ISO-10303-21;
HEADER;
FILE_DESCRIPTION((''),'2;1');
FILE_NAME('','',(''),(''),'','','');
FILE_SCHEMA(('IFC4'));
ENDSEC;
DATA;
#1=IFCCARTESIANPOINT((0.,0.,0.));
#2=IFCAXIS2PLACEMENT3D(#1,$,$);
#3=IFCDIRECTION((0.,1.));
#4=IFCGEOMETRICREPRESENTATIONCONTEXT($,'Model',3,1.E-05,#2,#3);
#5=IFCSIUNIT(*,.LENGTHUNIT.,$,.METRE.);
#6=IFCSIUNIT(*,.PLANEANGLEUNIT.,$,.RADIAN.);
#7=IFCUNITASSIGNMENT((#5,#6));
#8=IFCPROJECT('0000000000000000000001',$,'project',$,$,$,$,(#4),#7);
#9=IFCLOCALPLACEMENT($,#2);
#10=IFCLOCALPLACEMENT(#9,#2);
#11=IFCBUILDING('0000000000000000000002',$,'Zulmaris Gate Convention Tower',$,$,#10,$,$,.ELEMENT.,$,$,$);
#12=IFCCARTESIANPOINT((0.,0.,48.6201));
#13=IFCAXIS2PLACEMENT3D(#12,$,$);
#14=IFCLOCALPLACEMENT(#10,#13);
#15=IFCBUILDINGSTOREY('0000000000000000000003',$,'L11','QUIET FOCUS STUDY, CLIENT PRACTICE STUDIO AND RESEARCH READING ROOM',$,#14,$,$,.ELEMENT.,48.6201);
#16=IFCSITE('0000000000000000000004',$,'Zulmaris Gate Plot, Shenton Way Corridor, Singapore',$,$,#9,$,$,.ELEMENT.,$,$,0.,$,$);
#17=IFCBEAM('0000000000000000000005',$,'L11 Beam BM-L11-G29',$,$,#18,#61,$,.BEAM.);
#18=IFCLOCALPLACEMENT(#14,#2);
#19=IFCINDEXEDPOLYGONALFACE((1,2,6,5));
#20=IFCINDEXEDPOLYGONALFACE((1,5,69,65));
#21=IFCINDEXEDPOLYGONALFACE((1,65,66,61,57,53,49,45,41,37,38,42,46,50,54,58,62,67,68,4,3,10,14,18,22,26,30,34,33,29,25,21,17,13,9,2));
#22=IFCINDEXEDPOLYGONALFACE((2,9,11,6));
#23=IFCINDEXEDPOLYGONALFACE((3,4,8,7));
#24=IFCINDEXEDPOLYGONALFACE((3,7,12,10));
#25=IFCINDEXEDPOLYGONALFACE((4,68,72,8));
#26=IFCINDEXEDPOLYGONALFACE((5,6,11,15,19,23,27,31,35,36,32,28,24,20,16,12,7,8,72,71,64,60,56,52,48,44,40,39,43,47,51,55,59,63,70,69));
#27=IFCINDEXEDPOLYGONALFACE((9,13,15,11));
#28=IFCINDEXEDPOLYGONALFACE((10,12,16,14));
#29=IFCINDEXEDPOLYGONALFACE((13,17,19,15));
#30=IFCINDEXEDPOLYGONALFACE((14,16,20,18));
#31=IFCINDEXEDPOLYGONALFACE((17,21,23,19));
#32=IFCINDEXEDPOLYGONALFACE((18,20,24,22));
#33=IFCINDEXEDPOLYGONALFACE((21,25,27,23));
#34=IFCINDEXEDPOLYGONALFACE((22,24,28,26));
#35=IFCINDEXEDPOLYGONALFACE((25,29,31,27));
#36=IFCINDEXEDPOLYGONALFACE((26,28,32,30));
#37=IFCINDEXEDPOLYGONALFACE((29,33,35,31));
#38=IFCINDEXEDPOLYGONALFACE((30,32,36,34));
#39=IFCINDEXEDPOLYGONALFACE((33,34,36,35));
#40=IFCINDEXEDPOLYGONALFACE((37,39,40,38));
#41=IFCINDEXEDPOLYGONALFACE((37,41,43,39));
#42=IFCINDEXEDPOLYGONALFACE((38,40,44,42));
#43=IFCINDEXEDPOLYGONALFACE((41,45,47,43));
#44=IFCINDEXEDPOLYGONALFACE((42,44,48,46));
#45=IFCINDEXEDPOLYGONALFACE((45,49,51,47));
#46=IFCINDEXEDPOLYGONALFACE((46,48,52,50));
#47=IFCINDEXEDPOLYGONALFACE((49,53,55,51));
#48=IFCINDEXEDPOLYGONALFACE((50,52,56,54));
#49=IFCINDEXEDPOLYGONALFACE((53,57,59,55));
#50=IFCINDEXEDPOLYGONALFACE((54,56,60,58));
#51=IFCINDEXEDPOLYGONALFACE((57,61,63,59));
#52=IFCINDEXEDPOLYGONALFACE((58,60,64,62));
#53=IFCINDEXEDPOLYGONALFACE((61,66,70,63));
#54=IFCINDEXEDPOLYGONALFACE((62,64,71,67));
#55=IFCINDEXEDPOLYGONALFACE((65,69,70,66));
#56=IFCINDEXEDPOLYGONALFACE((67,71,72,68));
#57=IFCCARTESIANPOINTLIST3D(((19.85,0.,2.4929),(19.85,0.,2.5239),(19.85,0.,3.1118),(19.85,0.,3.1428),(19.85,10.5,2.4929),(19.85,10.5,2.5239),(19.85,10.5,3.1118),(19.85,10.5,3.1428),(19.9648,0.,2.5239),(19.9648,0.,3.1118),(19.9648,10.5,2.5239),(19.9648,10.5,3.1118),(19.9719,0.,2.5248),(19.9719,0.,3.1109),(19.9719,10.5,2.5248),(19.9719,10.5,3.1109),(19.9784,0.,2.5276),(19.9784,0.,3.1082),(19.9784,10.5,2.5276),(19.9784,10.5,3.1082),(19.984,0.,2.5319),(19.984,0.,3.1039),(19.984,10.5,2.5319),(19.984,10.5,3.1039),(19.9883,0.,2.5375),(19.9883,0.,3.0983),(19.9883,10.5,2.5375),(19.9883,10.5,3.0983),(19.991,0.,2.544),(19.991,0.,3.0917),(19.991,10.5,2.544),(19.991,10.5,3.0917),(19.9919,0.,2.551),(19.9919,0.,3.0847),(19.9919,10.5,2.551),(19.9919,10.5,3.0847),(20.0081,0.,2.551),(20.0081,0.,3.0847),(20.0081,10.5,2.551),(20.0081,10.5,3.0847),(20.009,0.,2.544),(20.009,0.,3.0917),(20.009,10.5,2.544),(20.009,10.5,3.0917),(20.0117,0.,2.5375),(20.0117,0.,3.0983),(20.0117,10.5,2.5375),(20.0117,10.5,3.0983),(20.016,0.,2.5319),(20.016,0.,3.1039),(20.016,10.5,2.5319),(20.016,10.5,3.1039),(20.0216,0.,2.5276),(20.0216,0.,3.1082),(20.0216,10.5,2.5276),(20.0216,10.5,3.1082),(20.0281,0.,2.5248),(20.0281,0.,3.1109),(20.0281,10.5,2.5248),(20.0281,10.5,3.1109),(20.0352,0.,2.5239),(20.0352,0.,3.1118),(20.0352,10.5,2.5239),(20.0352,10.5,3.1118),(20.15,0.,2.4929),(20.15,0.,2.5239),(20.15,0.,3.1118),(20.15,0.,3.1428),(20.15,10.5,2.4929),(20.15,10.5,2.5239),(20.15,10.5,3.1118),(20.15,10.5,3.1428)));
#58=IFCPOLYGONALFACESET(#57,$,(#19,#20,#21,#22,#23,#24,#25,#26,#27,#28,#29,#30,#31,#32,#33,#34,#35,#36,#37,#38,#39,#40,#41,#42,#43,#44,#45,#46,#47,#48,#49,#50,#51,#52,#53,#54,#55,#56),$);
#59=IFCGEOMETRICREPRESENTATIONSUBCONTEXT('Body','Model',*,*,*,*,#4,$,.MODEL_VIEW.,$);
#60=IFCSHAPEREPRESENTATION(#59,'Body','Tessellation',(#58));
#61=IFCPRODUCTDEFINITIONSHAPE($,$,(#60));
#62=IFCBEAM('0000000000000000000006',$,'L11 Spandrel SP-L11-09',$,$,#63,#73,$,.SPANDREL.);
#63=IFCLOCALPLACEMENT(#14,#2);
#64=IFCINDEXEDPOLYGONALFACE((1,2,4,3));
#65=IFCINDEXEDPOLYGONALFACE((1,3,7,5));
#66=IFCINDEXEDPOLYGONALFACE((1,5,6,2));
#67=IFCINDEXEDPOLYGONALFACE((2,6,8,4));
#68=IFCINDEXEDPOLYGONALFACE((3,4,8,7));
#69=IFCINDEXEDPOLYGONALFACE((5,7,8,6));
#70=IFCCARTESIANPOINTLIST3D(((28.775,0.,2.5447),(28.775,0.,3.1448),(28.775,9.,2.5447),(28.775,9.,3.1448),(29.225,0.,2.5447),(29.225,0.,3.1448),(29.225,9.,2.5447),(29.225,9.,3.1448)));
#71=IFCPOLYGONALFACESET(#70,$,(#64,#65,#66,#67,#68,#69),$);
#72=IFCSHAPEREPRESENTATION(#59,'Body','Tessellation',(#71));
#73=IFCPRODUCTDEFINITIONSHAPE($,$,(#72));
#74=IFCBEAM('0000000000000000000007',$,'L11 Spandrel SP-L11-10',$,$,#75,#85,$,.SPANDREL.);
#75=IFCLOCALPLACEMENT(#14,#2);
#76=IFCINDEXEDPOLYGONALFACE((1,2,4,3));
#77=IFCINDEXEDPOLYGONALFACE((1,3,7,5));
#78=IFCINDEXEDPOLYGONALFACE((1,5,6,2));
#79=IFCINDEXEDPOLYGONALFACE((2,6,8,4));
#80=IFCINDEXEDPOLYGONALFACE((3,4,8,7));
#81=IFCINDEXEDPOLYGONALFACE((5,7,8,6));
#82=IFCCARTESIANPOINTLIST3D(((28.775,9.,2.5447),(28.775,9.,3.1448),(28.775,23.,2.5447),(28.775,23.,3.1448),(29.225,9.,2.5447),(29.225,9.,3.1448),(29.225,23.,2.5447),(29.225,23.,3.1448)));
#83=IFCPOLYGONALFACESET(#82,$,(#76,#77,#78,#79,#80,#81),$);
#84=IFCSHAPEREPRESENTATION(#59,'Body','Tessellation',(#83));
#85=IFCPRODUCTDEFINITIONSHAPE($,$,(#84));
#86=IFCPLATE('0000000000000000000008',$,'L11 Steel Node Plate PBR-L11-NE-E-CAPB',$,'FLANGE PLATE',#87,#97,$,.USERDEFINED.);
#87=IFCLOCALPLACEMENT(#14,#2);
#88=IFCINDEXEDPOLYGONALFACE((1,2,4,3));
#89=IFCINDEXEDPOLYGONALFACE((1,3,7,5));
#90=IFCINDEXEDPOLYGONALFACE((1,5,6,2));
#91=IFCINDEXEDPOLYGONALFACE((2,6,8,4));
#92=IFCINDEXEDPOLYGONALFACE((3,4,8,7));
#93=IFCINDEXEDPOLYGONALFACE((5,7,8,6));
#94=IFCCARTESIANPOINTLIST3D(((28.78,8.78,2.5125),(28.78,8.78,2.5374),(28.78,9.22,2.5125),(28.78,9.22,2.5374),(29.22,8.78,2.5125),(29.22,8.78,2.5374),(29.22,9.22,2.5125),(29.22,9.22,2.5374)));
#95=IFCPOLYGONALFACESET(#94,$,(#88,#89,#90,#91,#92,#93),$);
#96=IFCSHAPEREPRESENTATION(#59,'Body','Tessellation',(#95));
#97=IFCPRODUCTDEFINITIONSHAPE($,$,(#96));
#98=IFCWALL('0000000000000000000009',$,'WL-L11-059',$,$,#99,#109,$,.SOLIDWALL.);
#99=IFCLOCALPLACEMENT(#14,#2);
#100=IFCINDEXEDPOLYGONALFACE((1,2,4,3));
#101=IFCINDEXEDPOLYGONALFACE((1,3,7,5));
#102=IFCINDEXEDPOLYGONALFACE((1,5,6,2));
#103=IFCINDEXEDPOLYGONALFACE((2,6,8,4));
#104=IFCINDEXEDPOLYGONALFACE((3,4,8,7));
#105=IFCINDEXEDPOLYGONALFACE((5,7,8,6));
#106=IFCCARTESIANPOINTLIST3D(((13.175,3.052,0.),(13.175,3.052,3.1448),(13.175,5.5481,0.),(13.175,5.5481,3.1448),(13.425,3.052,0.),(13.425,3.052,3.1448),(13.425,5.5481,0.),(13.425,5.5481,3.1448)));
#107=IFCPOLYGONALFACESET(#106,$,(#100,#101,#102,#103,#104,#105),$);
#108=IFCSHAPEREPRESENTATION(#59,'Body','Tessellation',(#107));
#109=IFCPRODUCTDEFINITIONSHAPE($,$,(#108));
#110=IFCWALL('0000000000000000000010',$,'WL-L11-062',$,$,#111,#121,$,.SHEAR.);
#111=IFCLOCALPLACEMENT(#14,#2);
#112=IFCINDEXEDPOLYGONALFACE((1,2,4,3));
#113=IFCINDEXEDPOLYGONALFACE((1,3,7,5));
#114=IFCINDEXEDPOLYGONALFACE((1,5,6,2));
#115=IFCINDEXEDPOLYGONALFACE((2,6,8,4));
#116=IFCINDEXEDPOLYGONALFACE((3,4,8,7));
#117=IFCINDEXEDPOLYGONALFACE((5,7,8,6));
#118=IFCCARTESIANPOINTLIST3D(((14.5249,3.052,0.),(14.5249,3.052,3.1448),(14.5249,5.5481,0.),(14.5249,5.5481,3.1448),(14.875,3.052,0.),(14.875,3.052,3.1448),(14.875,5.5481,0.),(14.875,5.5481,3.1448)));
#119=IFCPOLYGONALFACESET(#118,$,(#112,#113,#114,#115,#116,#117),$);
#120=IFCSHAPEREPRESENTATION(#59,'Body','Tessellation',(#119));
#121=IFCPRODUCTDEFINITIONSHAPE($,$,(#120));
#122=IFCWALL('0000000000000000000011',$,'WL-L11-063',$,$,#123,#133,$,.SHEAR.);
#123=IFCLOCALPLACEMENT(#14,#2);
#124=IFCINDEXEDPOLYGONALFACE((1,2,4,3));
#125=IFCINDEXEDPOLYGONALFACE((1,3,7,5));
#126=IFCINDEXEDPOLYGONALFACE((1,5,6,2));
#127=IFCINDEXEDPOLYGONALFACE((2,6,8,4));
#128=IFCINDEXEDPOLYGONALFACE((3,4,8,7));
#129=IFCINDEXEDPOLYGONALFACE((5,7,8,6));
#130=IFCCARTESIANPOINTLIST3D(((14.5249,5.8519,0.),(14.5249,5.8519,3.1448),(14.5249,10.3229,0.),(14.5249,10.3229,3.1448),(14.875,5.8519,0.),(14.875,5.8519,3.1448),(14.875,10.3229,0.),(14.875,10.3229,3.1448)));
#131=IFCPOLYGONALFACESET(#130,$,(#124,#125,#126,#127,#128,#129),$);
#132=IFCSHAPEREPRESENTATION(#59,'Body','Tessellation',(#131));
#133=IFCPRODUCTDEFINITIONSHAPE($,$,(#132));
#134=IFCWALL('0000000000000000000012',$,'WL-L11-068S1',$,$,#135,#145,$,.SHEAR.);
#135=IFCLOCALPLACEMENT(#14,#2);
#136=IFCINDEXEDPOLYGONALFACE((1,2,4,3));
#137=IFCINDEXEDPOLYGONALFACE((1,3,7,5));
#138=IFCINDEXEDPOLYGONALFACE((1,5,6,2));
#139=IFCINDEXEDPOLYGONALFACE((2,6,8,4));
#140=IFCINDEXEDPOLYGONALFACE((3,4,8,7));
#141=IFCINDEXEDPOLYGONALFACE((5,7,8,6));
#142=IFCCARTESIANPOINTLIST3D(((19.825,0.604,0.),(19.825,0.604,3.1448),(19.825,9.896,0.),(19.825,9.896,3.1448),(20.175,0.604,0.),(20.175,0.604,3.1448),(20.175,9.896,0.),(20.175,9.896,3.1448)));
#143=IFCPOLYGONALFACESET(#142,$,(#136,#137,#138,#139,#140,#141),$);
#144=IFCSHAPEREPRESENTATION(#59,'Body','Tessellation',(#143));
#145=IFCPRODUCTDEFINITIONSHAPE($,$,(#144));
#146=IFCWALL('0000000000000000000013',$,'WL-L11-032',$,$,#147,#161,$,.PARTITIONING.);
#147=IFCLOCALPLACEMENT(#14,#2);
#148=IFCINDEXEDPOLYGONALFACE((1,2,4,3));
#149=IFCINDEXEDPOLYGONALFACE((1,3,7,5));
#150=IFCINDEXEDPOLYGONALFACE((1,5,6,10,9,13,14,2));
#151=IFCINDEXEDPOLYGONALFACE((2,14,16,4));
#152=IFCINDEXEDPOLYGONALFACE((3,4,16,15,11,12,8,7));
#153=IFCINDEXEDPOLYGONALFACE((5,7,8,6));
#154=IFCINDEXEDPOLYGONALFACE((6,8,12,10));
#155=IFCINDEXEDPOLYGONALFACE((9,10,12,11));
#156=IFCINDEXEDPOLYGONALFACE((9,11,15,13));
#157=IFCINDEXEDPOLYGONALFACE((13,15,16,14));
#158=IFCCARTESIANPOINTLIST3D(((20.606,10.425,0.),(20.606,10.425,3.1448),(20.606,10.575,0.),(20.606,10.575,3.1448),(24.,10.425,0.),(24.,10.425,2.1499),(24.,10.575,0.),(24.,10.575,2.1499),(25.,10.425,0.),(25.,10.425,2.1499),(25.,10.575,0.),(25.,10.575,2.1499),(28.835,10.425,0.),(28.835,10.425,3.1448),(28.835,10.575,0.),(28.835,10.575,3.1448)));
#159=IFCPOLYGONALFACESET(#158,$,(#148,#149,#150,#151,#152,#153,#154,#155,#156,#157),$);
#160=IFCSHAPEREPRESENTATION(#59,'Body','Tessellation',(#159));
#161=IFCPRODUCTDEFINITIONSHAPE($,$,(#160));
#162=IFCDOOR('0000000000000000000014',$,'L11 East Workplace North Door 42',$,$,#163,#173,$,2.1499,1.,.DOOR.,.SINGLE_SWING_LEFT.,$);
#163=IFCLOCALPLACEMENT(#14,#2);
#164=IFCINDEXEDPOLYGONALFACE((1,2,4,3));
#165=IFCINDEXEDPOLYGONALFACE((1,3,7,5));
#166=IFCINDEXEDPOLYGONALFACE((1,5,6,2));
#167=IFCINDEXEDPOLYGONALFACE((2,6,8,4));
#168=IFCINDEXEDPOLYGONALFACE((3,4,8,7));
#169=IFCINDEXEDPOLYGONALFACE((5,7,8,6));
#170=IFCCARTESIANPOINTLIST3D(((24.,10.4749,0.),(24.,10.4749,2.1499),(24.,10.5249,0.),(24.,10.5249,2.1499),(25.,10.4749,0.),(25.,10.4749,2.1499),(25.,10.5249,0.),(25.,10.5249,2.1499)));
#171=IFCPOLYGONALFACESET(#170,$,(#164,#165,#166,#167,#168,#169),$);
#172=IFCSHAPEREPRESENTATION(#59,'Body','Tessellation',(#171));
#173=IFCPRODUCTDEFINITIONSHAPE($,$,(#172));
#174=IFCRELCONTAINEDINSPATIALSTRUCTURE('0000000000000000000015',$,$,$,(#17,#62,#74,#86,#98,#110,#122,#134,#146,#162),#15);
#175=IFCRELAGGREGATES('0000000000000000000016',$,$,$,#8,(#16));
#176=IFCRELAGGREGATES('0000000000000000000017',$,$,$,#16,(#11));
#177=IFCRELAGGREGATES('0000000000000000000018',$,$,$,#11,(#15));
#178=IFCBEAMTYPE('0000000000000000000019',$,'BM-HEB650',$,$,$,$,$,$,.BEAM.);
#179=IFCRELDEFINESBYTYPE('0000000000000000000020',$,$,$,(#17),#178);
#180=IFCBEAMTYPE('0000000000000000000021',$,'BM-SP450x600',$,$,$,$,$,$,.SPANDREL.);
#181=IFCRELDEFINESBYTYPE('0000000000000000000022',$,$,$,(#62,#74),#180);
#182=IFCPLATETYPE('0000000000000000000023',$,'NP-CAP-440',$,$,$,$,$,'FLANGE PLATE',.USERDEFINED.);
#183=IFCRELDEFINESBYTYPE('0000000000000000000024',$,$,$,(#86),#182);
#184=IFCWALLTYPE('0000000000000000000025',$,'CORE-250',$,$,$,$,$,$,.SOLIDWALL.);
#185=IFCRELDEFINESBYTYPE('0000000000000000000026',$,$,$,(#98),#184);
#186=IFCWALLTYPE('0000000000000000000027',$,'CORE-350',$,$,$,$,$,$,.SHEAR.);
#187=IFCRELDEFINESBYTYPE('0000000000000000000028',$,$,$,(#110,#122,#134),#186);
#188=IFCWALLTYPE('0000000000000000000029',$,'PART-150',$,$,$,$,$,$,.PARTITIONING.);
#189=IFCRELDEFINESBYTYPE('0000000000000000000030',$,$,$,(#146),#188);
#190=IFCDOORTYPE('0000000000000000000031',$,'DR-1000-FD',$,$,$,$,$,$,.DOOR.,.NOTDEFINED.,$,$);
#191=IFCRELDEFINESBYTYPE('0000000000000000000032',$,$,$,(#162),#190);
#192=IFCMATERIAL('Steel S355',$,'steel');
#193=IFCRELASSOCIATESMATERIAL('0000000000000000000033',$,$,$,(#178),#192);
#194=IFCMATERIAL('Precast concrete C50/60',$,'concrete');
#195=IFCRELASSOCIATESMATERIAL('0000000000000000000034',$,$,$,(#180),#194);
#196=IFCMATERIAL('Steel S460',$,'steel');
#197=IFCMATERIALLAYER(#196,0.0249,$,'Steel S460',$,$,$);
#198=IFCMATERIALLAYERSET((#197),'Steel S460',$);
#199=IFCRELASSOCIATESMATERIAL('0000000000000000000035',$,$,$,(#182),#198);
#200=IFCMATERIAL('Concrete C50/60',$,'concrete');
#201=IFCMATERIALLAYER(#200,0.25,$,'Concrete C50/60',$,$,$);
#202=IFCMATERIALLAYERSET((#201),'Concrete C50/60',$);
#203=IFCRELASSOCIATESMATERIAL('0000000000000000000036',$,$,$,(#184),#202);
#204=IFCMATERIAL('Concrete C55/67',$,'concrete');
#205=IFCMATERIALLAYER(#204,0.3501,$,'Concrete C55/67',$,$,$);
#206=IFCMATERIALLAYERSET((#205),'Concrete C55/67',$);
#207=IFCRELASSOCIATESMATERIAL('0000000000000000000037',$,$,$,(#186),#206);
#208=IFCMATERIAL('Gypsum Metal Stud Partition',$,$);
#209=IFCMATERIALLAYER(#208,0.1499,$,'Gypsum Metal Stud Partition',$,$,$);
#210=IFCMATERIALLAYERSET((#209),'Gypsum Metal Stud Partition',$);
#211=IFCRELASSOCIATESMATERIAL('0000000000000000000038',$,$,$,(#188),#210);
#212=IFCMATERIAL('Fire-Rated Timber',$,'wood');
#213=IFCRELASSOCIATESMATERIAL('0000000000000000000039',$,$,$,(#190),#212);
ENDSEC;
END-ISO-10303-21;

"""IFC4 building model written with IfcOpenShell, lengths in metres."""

from ifc_helpers import new_model, si_unit, direction, frame, frame_2d, origin, origin_2d, place, context, subcontext, project, spatial, rectangle, i_section, extrude, material, layer, layer_set, material_profile, profile_set, type_object, element, fill, save


model = new_model("IFC4")

# Units and contexts
model_context = context("Model", 3, precision=1e-05, world=origin(), true_north=direction((0.0, 1.0)))
body_context = subcontext(model_context, "Body", "Model", "MODEL_VIEW")
ifc_project = project(units=[si_unit("LENGTHUNIT", "METRE"), si_unit("PLANEANGLEUNIT", "RADIAN")], contexts=[model_context])

# Site, building, storey
site_placement = place(None, origin())
site = spatial("IfcSite", under=ifc_project, at=site_placement, Name="Zulmaris Gate Plot, Shenton Way Corridor, Singapore", CompositionType="ELEMENT", RefElevation=0.0)
building_placement = place(site_placement, origin())
building = spatial("IfcBuilding", under=site, at=building_placement, Name="Zulmaris Gate Convention Tower", CompositionType="ELEMENT")
storey_placement = place(building_placement, frame((0.0, 0.0, 48.6201)))
storey = spatial("IfcBuildingStorey", under=building, at=storey_placement, Name="L11", Description="QUIET FOCUS STUDY, CLIENT PRACTICE STUDIO AND RESEARCH READING ROOM", CompositionType="ELEMENT", Elevation=48.6201)

# Beams
ifc_material_1 = material(Name="Steel S355", Category="steel")
ifc_material_profile_1 = material_profile(ifc_material_1, i_section(OverallWidth=0.3, OverallDepth=0.6499, WebThickness=0.0161, FlangeThickness=0.031, FilletRadius=0.0271, at=origin_2d()), Name="HEB 650")
ifc_profile_set_1 = profile_set([ifc_material_profile_1], Name="Steel S355")
beam_type_1 = type_object("IfcBeamType", Name="BM-HEB650", PredefinedType="BEAM", material=ifc_profile_set_1)
beam_1_placement = place(storey_placement, frame((20.0, 0.0, 2.8179), z_axis=(0.0, 1.0, 0.0), x_axis=(-1.0, 0.0, 0.0)))
element("IfcBeam", 1, at=beam_1_placement, inside=storey, type_object=beam_type_1, Name="L11 Beam BM-L11-G29", PredefinedType="BEAM", context=body_context, shape_type="SweptSolid", body=[
    extrude(i_section(OverallWidth=0.3, OverallDepth=0.6499, WebThickness=0.0161, FlangeThickness=0.031, FilletRadius=0.0271, at=origin_2d()), origin(), (0.0, 0.0, 1.0), 10.5),
])
ifc_material_2 = material(Name="Precast concrete C50/60", Category="concrete")
ifc_material_profile_2 = material_profile(ifc_material_2, rectangle(XDim=0.45, YDim=0.6001, at=origin_2d()), Name="RC SPANDREL 450x600")
ifc_profile_set_2 = profile_set([ifc_material_profile_2], Name="Precast concrete C50/60")
beam_type_2 = type_object("IfcBeamType", Name="BM-SP450x600", PredefinedType="SPANDREL", material=ifc_profile_set_2)
beam_2_placement = place(storey_placement, frame((29.0, 0.0, 2.8447), z_axis=(0.0, 1.0, 0.0), x_axis=(-1.0, 0.0, 0.0)))
element("IfcBeam", 2, at=beam_2_placement, inside=storey, type_object=beam_type_2, Name="L11 Spandrel SP-L11-09", PredefinedType="SPANDREL", context=body_context, shape_type="SweptSolid", body=[
    extrude(rectangle(XDim=0.45, YDim=0.6001, at=origin_2d()), origin(), (0.0, 0.0, 1.0), 9.0),
])
beam_3_placement = place(storey_placement, frame((29.0, 9.0, 2.8447), z_axis=(0.0, 1.0, 0.0), x_axis=(-1.0, 0.0, 0.0)))
element("IfcBeam", 3, at=beam_3_placement, inside=storey, type_object=beam_type_2, Name="L11 Spandrel SP-L11-10", PredefinedType="SPANDREL", context=body_context, shape_type="SweptSolid", body=[
    extrude(rectangle(XDim=0.45, YDim=0.6001, at=origin_2d()), origin(), (0.0, 0.0, 1.0), 14.0),
])

# Plate
ifc_material_3 = material(Name="Steel S460", Category="steel")
ifc_layer_1 = layer(ifc_material_3, 0.0249, Name="Steel S460")
ifc_layer_set_1 = layer_set([ifc_layer_1], Name="Steel S460")
plate_type = type_object("IfcPlateType", Name="NP-CAP-440", ElementType="FLANGE PLATE", PredefinedType="USERDEFINED", material=ifc_layer_set_1)
plate_placement = place(storey_placement, frame((29.0, 9.0, 2.5125), z_axis=(0.0, 0.0, 1.0), x_axis=(1.0, 0.0, 0.0)))
element("IfcPlate", 4, at=plate_placement, inside=storey, type_object=plate_type, Name="L11 Steel Node Plate PBR-L11-NE-E-CAPB", ObjectType="FLANGE PLATE", PredefinedType="USERDEFINED", context=body_context, shape_type="SweptSolid", body=[
    extrude(rectangle(XDim=0.4399, YDim=0.4399, at=origin_2d()), origin(), (0.0, 0.0, 1.0), 0.0249),
])

# Wall
ifc_material_4 = material(Name="Concrete C50/60", Category="concrete")
ifc_layer_2 = layer(ifc_material_4, 0.25, Name="Concrete C50/60")
ifc_layer_set_2 = layer_set([ifc_layer_2], Name="Concrete C50/60")
wall_type_1 = type_object("IfcWallType", Name="CORE-250", PredefinedType="SOLIDWALL", material=ifc_layer_set_2)
wall_1_placement = place(storey_placement, frame((13.3, 3.052, 0.0), z_axis=(0.0, 0.0, 1.0), x_axis=(0.0, 1.0, 0.0)))
element("IfcWall", 5, at=wall_1_placement, inside=storey, type_object=wall_type_1, Name="WL-L11-059", PredefinedType="SOLIDWALL", context=body_context, shape_type="SweptSolid", body=[
    extrude(rectangle(XDim=2.4961, YDim=0.25, at=frame_2d((1.248, 0.0))), origin(), (0.0, 0.0, 1.0), 3.1448),
])

# Shared definitions
ifc_material_5 = material(Name="Fire-Rated Timber", Category="wood")

# Shared definitions
ifc_material_6 = material(Name="Concrete C55/67", Category="concrete")
ifc_layer_3 = layer(ifc_material_6, 0.3501, Name="Concrete C55/67")
ifc_layer_set_3 = layer_set([ifc_layer_3], Name="Concrete C55/67")
wall_type_2 = type_object("IfcWallType", Name="CORE-350", PredefinedType="SHEAR", material=ifc_layer_set_3)

# Walls
wall_2_placement = place(storey_placement, frame((14.7, 3.052, 0.0), z_axis=(0.0, 0.0, 1.0), x_axis=(0.0, 1.0, 0.0)))
element("IfcWall", 6, at=wall_2_placement, inside=storey, type_object=wall_type_2, Name="WL-L11-062", PredefinedType="SHEAR", context=body_context, shape_type="SweptSolid", body=[
    extrude(rectangle(XDim=2.4961, YDim=0.3501, at=frame_2d((1.248, 0.0))), origin(), (0.0, 0.0, 1.0), 3.1448),
])
wall_3_placement = place(storey_placement, frame((14.7, 5.8521, 0.0), z_axis=(0.0, 0.0, 1.0), x_axis=(0.0, 1.0, 0.0)))
element("IfcWall", 7, at=wall_3_placement, inside=storey, type_object=wall_type_2, Name="WL-L11-063", PredefinedType="SHEAR", context=body_context, shape_type="SweptSolid", body=[
    extrude(rectangle(XDim=4.4709, YDim=0.3501, at=frame_2d((2.2354, 0.0))), origin(), (0.0, 0.0, 1.0), 3.1448),
])
wall_4_placement = place(storey_placement, frame((20.0, 0.604, 0.0), z_axis=(0.0, 0.0, 1.0), x_axis=(0.0, 1.0, 0.0)))
element("IfcWall", 8, at=wall_4_placement, inside=storey, type_object=wall_type_2, Name="WL-L11-068S1", PredefinedType="SHEAR", context=body_context, shape_type="SweptSolid", body=[
    extrude(rectangle(XDim=9.292, YDim=0.3501, at=frame_2d((4.646, 0.0))), origin(), (0.0, 0.0, 1.0), 3.1448),
])

# Wall, opening, door
ifc_material_7 = material(Name="Gypsum Metal Stud Partition")
ifc_layer_4 = layer(ifc_material_7, 0.1499, Name="Gypsum Metal Stud Partition")
ifc_layer_set_4 = layer_set([ifc_layer_4], Name="Gypsum Metal Stud Partition")
wall_type_3 = type_object("IfcWallType", Name="PART-150", PredefinedType="PARTITIONING", material=ifc_layer_set_4)
wall_5_placement = place(storey_placement, frame((20.606, 10.5, 0.0), z_axis=(0.0, 0.0, 1.0), x_axis=(1.0, 0.0, 0.0)))
wall_5 = element("IfcWall", 9, at=wall_5_placement, inside=storey, type_object=wall_type_3, Name="WL-L11-032", PredefinedType="PARTITIONING", context=body_context, shape_type="SweptSolid", body=[
    extrude(rectangle(XDim=8.229, YDim=0.1499, at=frame_2d((4.1145, 0.0))), origin(), (0.0, 0.0, 1.0), 3.1448),
])
opening_1_placement = place(wall_5_placement, frame((3.394, 0.0, 0.0)))
opening_1 = element("IfcOpeningElement", 10, at=opening_1_placement, cuts=wall_5, PredefinedType="OPENING", context=body_context, shape_type="SweptSolid", body=[
    extrude(rectangle(XDim=1.0, YDim=2.1499, at=frame_2d((0.5, 1.075))), frame((0.0, 0.085, 0.0), z_axis=(0.0, -1.0, 0.0), x_axis=(1.0, 0.0, 0.0)), (0.0, 0.0, 1.0), 0.1699),
])
door_type_1 = type_object("IfcDoorType", Name="DR-1000-FD", OperationType="NOTDEFINED", PredefinedType="DOOR", material=ifc_material_5)
door_1_placement = place(opening_1_placement, origin())
door_1 = element("IfcDoor", 11, at=door_1_placement, inside=storey, type_object=door_type_1, Name="L11 East Workplace North Door 42", OperationType="SINGLE_SWING_LEFT", OverallHeight=2.1499, OverallWidth=1.0, PredefinedType="DOOR", context=body_context, shape_type="SweptSolid", body=[
    extrude(rectangle(XDim=1.0, YDim=2.1499, at=frame_2d((0.5, 1.075))), frame((0.0, 0.0249, 0.0), z_axis=(0.0, -1.0, 0.0), x_axis=(1.0, 0.0, 0.0)), (0.0, 0.0, 1.0), 0.05),
])
fill(opening_1, door_1)

save(model, "model.ifc")
